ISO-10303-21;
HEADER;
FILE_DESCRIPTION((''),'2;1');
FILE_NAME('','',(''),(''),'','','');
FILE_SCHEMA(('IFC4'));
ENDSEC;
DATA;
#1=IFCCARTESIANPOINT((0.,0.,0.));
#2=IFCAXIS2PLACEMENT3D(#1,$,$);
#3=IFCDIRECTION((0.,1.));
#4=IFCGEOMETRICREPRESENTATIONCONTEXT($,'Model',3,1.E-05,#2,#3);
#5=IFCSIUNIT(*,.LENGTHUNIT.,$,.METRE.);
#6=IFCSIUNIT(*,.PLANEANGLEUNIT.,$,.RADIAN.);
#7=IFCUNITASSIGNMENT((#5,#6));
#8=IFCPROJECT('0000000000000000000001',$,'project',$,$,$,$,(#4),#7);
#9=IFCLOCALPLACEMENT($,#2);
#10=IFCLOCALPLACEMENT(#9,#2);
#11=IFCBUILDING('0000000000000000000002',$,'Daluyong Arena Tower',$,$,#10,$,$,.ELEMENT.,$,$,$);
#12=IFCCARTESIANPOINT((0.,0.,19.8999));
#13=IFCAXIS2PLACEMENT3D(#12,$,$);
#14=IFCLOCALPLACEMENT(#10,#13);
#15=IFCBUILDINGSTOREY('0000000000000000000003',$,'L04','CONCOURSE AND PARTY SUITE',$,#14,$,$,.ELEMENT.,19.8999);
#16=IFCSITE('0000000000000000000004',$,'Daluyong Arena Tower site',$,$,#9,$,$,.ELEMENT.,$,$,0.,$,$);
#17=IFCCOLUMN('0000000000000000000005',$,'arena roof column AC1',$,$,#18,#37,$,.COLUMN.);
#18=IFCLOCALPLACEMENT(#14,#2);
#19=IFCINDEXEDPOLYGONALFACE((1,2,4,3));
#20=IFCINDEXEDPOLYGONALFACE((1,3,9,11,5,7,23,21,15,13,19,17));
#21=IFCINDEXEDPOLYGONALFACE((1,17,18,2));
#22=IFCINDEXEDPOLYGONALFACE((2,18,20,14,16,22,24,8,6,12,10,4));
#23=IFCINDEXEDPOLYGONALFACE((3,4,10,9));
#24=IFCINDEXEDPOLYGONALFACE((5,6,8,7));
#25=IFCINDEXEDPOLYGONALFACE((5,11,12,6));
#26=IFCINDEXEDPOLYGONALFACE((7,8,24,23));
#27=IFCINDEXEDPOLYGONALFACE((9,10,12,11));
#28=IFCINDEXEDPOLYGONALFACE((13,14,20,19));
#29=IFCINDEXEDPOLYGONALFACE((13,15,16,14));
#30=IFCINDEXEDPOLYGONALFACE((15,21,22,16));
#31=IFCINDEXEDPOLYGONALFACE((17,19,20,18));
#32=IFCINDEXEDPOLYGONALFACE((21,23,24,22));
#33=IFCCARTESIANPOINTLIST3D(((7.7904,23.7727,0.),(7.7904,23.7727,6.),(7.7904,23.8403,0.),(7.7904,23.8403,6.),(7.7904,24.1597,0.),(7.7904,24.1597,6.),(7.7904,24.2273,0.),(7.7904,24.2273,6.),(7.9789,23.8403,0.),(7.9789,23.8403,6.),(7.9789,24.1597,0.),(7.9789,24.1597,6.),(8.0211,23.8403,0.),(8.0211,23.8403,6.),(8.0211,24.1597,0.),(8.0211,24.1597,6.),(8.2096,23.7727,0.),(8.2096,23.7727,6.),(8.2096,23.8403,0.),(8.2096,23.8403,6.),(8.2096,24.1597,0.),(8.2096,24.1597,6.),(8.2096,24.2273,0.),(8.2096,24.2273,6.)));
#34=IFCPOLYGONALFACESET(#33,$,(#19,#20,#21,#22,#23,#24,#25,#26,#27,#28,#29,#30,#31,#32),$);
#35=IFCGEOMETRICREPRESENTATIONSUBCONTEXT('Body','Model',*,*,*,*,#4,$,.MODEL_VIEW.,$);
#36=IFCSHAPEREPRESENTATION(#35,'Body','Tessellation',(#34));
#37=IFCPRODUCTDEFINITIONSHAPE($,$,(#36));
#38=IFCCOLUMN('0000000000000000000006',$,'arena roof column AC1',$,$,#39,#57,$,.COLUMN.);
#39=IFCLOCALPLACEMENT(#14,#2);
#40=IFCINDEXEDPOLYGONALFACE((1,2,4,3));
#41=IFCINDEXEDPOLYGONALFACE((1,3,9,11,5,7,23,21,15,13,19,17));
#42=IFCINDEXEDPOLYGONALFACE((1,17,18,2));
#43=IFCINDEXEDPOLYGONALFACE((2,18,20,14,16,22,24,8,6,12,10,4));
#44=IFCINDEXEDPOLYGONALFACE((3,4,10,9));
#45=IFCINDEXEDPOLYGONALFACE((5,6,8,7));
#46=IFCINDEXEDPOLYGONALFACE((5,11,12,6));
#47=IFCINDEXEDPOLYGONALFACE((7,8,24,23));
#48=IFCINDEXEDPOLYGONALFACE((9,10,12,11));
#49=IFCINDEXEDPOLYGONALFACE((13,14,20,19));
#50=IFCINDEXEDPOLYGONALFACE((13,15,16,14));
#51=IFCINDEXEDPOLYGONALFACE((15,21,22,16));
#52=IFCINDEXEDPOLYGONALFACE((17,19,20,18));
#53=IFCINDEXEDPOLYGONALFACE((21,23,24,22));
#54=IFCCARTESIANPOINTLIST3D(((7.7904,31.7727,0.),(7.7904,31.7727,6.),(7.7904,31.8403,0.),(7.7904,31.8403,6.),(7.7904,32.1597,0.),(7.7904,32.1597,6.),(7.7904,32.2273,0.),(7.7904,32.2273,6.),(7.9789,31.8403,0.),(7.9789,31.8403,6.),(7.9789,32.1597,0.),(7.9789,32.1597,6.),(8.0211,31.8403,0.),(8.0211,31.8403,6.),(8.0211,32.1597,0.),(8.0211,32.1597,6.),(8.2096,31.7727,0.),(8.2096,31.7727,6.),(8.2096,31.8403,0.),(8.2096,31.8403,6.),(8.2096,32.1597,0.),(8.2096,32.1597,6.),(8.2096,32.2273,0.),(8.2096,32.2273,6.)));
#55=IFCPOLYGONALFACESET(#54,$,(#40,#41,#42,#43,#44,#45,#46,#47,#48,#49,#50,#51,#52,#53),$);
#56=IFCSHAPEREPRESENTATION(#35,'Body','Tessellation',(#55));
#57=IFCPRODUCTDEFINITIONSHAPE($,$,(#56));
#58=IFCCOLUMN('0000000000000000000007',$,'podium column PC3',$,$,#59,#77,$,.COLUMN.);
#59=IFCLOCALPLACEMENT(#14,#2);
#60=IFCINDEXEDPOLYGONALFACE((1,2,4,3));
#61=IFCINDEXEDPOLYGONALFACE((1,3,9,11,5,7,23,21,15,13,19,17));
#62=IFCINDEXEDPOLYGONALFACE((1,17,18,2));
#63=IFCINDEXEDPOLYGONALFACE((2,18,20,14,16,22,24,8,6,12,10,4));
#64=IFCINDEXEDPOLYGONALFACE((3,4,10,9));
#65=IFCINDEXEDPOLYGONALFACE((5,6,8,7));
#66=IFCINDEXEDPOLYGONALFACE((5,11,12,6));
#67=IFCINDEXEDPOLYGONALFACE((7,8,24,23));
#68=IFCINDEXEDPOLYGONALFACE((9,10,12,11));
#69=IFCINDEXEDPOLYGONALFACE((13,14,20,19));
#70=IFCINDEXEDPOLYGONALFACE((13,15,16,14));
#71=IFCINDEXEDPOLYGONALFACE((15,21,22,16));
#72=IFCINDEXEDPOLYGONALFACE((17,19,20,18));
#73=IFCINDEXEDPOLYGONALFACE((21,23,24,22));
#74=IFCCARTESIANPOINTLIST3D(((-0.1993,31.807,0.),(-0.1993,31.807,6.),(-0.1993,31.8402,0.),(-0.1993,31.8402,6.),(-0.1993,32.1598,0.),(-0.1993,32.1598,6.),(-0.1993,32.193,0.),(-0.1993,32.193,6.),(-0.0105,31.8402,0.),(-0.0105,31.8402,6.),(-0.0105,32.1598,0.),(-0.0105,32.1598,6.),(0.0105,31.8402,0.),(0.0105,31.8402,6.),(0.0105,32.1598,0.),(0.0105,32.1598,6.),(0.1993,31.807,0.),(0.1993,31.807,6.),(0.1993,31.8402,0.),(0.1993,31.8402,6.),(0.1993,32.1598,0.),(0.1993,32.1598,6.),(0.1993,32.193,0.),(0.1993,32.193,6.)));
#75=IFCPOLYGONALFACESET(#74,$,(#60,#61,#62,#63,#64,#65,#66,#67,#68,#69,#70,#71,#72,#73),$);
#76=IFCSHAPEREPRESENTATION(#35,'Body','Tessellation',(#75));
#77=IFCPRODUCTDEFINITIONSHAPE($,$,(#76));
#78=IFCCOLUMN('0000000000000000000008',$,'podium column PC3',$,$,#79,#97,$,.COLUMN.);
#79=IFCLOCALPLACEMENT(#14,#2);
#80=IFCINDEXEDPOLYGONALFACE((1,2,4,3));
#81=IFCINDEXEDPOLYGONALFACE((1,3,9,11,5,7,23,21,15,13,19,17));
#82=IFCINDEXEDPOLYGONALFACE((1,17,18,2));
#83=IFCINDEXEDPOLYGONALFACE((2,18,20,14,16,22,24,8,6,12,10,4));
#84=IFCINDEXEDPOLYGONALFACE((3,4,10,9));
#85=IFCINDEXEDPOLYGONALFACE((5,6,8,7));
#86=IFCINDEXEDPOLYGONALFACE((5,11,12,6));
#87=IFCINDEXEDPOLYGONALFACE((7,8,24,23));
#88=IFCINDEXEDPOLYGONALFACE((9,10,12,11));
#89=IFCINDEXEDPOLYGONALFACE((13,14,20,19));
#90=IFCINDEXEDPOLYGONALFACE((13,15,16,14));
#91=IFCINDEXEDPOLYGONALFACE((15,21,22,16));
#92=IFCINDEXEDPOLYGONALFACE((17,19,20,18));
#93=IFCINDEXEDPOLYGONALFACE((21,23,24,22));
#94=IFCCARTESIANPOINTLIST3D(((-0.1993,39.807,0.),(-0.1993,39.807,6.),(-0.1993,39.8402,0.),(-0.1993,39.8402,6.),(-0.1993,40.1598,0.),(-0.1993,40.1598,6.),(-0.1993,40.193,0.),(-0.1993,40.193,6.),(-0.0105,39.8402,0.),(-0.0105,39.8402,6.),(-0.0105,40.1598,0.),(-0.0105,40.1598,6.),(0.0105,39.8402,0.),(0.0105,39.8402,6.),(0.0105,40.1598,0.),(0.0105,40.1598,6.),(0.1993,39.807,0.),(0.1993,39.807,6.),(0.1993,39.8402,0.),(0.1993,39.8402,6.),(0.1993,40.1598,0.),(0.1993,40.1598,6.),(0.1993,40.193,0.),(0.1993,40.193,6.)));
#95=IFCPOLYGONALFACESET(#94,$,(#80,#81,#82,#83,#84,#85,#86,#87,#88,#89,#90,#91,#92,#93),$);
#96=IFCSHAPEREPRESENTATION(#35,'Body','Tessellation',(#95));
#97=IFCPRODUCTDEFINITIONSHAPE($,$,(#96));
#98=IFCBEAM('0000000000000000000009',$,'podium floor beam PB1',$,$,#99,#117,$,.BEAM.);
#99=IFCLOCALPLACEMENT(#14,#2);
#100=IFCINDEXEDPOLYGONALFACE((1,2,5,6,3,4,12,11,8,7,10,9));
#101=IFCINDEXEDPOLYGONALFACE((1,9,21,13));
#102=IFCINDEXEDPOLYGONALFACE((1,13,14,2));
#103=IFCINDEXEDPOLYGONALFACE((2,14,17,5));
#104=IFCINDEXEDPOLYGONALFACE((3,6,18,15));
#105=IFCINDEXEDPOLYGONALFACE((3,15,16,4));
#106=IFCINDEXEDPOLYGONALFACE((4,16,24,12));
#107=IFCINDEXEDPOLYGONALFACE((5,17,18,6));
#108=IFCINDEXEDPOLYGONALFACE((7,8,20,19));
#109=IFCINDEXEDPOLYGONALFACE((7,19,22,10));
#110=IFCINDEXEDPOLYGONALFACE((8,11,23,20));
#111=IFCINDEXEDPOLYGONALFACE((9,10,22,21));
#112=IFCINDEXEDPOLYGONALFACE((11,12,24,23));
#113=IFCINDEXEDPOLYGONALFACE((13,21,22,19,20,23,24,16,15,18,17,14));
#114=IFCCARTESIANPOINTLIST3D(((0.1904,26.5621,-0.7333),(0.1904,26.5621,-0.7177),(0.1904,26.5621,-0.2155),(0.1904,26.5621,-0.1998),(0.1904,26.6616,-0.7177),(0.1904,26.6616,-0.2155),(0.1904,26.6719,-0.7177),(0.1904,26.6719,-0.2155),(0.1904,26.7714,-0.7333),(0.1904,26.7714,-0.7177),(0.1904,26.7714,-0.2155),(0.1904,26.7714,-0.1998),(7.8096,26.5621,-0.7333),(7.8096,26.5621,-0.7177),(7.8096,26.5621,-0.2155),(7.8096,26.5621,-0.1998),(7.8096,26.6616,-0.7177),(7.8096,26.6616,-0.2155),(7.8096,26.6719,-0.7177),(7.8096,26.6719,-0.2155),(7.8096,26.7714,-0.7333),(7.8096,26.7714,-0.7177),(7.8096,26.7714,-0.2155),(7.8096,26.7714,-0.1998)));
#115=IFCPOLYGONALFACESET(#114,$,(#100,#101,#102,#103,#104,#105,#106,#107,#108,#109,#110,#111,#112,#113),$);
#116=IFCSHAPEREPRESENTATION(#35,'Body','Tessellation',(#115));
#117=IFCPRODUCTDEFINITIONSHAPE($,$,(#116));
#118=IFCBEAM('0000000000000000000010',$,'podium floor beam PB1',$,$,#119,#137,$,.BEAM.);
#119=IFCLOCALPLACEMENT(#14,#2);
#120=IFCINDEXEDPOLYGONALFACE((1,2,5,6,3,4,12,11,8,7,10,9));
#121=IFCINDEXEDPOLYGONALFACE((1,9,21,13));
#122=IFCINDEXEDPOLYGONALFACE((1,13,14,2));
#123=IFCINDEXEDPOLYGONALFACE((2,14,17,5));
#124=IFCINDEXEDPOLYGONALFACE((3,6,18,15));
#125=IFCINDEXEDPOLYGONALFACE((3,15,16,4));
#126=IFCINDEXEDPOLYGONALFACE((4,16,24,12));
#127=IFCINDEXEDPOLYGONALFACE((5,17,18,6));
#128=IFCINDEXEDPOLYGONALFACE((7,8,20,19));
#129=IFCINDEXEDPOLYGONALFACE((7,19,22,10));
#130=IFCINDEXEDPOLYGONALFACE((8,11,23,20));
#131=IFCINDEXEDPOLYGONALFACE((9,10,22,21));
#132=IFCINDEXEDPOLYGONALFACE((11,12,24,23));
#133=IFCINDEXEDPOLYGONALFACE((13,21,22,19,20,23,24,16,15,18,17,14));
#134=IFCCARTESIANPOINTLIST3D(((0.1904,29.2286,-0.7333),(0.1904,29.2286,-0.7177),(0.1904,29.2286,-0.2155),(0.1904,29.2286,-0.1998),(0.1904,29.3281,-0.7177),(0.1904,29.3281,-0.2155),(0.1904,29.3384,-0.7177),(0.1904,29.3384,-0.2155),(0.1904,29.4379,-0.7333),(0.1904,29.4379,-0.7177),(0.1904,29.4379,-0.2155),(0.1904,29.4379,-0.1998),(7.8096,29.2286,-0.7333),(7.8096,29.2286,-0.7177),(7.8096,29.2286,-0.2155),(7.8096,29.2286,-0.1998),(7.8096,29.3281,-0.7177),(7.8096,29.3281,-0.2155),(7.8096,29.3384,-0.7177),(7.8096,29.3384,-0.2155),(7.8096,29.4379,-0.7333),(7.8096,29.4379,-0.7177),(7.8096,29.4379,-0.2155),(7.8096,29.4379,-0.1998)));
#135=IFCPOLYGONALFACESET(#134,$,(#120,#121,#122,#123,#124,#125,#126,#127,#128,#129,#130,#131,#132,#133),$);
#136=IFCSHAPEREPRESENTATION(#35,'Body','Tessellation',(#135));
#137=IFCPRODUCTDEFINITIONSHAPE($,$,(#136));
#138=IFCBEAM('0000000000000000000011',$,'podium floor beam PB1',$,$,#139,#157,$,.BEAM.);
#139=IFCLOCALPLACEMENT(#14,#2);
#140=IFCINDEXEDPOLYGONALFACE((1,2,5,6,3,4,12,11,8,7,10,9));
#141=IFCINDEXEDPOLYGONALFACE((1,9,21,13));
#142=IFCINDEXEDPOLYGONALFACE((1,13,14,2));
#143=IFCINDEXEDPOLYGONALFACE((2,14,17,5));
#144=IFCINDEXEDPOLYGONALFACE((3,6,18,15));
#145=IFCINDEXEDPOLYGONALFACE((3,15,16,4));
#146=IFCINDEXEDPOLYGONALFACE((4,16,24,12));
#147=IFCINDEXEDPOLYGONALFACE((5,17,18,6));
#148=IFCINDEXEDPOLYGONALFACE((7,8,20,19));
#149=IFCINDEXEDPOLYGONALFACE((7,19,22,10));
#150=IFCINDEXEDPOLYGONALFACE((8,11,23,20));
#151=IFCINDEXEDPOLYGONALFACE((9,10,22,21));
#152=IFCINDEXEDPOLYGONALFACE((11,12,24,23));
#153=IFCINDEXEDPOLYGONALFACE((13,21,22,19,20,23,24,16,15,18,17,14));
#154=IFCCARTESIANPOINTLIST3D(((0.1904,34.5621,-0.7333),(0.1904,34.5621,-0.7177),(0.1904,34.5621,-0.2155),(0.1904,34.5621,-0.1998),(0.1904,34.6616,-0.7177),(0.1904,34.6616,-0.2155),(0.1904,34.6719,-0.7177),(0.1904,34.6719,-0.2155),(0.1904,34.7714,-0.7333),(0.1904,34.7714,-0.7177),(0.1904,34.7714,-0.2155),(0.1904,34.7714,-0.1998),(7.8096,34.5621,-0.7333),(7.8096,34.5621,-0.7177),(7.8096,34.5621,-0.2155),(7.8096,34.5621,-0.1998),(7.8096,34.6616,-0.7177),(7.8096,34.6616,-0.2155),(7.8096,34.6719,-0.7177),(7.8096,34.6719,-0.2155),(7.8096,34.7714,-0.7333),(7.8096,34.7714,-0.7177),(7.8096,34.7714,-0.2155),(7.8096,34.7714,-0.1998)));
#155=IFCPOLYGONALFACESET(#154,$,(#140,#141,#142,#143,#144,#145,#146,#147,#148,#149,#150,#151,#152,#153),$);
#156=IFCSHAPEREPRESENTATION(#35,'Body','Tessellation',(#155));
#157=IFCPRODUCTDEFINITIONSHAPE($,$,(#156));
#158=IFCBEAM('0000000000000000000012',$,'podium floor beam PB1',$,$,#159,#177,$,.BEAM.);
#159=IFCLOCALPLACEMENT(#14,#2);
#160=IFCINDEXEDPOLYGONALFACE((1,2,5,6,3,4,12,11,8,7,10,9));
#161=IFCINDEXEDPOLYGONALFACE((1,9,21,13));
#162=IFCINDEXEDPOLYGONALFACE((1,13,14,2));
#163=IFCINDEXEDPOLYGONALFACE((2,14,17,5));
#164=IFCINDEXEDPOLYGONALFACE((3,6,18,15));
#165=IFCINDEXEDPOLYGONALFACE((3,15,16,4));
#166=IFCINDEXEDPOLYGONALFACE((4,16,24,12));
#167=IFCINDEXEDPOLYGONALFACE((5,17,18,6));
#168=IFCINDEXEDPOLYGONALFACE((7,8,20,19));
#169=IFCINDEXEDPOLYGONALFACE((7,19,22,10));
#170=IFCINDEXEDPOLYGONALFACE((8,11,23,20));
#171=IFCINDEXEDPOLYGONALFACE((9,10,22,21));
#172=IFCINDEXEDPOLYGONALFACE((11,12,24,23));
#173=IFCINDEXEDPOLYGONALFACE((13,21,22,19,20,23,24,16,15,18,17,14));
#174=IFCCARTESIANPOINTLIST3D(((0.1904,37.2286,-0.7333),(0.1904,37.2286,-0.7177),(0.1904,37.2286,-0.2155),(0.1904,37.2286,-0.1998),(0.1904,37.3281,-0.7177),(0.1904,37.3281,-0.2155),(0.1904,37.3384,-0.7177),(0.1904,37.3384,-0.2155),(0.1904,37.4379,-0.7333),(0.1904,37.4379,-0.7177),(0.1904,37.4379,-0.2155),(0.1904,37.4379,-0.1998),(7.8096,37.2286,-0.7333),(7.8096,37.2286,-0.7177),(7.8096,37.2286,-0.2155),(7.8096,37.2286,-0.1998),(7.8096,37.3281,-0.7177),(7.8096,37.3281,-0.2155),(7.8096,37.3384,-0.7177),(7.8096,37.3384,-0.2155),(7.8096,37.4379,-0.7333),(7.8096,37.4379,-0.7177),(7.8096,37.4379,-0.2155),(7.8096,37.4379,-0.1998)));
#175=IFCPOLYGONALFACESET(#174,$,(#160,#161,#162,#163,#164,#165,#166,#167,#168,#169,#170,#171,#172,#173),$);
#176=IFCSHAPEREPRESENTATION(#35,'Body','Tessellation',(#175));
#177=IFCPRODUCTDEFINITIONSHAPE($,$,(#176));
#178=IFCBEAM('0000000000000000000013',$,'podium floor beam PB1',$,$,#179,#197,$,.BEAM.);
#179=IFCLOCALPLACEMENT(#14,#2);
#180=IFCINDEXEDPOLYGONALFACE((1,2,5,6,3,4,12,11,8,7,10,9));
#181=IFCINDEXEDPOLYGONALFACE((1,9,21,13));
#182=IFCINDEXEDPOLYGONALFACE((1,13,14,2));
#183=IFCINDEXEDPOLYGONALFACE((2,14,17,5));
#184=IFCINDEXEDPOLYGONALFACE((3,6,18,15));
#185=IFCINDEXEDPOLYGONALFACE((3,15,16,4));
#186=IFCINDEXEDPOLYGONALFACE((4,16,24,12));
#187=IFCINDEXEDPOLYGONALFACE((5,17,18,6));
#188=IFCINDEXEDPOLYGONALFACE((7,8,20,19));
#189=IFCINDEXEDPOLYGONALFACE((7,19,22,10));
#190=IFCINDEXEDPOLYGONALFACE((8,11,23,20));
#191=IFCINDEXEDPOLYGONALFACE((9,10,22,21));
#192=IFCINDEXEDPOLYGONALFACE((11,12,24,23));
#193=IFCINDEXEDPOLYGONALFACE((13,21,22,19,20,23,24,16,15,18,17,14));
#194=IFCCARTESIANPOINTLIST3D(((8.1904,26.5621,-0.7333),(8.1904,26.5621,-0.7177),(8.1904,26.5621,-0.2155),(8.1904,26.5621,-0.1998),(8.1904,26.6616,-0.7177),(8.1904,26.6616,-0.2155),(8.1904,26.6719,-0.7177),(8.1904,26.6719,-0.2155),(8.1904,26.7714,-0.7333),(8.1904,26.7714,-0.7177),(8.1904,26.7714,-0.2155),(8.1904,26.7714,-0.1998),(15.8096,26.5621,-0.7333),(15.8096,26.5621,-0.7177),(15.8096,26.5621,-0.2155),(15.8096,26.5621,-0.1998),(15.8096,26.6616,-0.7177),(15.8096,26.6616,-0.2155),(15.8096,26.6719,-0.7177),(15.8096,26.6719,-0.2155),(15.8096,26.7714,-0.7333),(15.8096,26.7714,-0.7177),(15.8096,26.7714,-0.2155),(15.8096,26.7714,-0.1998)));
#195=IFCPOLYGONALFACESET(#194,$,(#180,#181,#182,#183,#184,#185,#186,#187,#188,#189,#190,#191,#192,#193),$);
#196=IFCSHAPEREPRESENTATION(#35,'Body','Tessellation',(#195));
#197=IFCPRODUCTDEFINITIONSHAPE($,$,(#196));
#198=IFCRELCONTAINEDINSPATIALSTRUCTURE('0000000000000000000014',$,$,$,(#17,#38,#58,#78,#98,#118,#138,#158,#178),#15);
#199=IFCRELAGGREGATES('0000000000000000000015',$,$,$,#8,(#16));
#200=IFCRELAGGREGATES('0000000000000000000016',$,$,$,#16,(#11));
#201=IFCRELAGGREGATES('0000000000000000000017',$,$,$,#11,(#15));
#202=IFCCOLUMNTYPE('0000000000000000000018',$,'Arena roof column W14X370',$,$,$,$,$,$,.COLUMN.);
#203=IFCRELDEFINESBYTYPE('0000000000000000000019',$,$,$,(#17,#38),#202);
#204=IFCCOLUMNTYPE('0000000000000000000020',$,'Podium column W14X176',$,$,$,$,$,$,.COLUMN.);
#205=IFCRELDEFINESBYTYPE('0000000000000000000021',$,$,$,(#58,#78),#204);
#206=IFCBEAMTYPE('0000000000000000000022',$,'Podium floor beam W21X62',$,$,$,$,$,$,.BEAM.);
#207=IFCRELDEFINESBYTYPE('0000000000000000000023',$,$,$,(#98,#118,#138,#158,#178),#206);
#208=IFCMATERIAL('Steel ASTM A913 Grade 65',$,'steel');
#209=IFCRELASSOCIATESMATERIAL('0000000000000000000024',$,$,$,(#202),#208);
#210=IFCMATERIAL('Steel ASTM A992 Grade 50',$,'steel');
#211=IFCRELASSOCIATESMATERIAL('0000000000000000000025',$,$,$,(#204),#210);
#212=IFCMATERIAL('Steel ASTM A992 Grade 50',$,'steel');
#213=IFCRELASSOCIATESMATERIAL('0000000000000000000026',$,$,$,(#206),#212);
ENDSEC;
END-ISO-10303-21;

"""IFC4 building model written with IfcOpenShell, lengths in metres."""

from ifc_helpers import new_model, si_unit, direction, frame, origin, origin_2d, place, context, subcontext, project, spatial, i_section, extrude, material, material_profile, profile_set, type_object, element, save


model = new_model("IFC4")

# Units and contexts
model_context = context("Model", 3, precision=1e-05, world=origin(), true_north=direction((0.0, 1.0)))
body_context = subcontext(model_context, "Body", "Model", "MODEL_VIEW")
ifc_project = project(units=[si_unit("LENGTHUNIT", "METRE"), si_unit("PLANEANGLEUNIT", "RADIAN")], contexts=[model_context])

# Site, building, storey
site_placement = place(None, origin())
site = spatial("IfcSite", under=ifc_project, at=site_placement, Name="Daluyong Arena Tower site", CompositionType="ELEMENT", RefElevation=0.0)
building_placement = place(site_placement, origin())
building = spatial("IfcBuilding", under=site, at=building_placement, Name="Daluyong Arena Tower", CompositionType="ELEMENT")
storey_placement = place(building_placement, frame((0.0, 0.0, 19.8999)))
storey = spatial("IfcBuildingStorey", under=building, at=storey_placement, Name="L04", Description="CONCOURSE AND PARTY SUITE", CompositionType="ELEMENT", Elevation=19.8999)

# Columns
ifc_material_1 = material(Name="Steel ASTM A913 Grade 65", Category="steel")
ifc_material_profile_1 = material_profile(ifc_material_1, i_section(OverallWidth=0.4192, OverallDepth=0.4546, WebThickness=0.0422, FlangeThickness=0.0676, at=origin_2d()))
ifc_profile_set_1 = profile_set([ifc_material_profile_1], Name="Steel ASTM A913 Grade 65")
column_type_1 = type_object("IfcColumnType", Name="Arena roof column W14X370", PredefinedType="COLUMN", material=ifc_profile_set_1)
for number, where, z_axis, x_axis, name in (
    (1, (8.0, 24.0, 0.0), (0.0, 0.0, 1.0), (1.0, 0.0, 0.0), "arena roof column AC1"),
    (2, (8.0, 32.0, 0.0), (0.0, 0.0, 1.0), (1.0, 0.0, 0.0), "arena roof column AC1"),
):
    element("IfcColumn", number, at=place(storey_placement, frame(where, z_axis=z_axis, x_axis=x_axis)), inside=storey, type_object=column_type_1, Name=name, PredefinedType="COLUMN", context=body_context, shape_type="SweptSolid", body=[
        extrude(i_section(OverallWidth=0.4192, OverallDepth=0.4546, WebThickness=0.0422, FlangeThickness=0.0676, at=origin_2d()), origin(), (0.0, 0.0, 1.0), 6.0),
    ])
ifc_material_2 = material(Name="Steel ASTM A992 Grade 50", Category="steel")
ifc_material_profile_2 = material_profile(ifc_material_2, i_section(OverallWidth=0.3987, OverallDepth=0.386, WebThickness=0.021, FlangeThickness=0.0332, at=origin_2d()))
ifc_profile_set_2 = profile_set([ifc_material_profile_2], Name="Steel ASTM A992 Grade 50")
column_type_2 = type_object("IfcColumnType", Name="Podium column W14X176", PredefinedType="COLUMN", material=ifc_profile_set_2)
for number, where, z_axis, x_axis, name in (
    (3, (0.0, 32.0, 0.0), (0.0, 0.0, 1.0), (1.0, 0.0, 0.0), "podium column PC3"),
    (4, (0.0, 40.0, 0.0), (0.0, 0.0, 1.0), (1.0, 0.0, 0.0), "podium column PC3"),
):
    element("IfcColumn", number, at=place(storey_placement, frame(where, z_axis=z_axis, x_axis=x_axis)), inside=storey, type_object=column_type_2, Name=name, PredefinedType="COLUMN", context=body_context, shape_type="SweptSolid", body=[
        extrude(i_section(OverallWidth=0.3987, OverallDepth=0.386, WebThickness=0.021, FlangeThickness=0.0332, at=origin_2d()), origin(), (0.0, 0.0, 1.0), 6.0),
    ])

# Beams
ifc_material_3 = material(Name="Steel ASTM A992 Grade 50", Category="steel")
ifc_material_profile_3 = material_profile(ifc_material_3, i_section(OverallWidth=0.2092, OverallDepth=0.5334, WebThickness=0.0103, FlangeThickness=0.0156, at=origin_2d()))
ifc_profile_set_3 = profile_set([ifc_material_profile_3], Name="Steel ASTM A992 Grade 50")
beam_type_1 = type_object("IfcBeamType", Name="Podium floor beam W21X62", PredefinedType="BEAM", material=ifc_profile_set_3)
for number, where, z_axis, x_axis, name in (
    (5, (0.1904, 26.6667, -0.4666), (1.0, 0.0, 0.0), (0.0, 1.0, 0.0), "podium floor beam PB1"),
    (6, (0.1904, 29.3333, -0.4666), (1.0, 0.0, 0.0), (0.0, 1.0, 0.0), "podium floor beam PB1"),
    (7, (0.1904, 34.6667, -0.4666), (1.0, 0.0, 0.0), (0.0, 1.0, 0.0), "podium floor beam PB1"),
    (8, (0.1904, 37.3333, -0.4666), (1.0, 0.0, 0.0), (0.0, 1.0, 0.0), "podium floor beam PB1"),
    (9, (8.1904, 26.6667, -0.4666), (1.0, 0.0, 0.0), (0.0, 1.0, 0.0), "podium floor beam PB1"),
):
    element("IfcBeam", number, at=place(storey_placement, frame(where, z_axis=z_axis, x_axis=x_axis)), inside=storey, type_object=beam_type_1, Name=name, PredefinedType="BEAM", context=body_context, shape_type="SweptSolid", body=[
        extrude(i_section(OverallWidth=0.2092, OverallDepth=0.5334, WebThickness=0.0103, FlangeThickness=0.0156, at=origin_2d()), origin(), (0.0, 0.0, 1.0), 7.6191),
    ])

save(model, "model.ifc")
